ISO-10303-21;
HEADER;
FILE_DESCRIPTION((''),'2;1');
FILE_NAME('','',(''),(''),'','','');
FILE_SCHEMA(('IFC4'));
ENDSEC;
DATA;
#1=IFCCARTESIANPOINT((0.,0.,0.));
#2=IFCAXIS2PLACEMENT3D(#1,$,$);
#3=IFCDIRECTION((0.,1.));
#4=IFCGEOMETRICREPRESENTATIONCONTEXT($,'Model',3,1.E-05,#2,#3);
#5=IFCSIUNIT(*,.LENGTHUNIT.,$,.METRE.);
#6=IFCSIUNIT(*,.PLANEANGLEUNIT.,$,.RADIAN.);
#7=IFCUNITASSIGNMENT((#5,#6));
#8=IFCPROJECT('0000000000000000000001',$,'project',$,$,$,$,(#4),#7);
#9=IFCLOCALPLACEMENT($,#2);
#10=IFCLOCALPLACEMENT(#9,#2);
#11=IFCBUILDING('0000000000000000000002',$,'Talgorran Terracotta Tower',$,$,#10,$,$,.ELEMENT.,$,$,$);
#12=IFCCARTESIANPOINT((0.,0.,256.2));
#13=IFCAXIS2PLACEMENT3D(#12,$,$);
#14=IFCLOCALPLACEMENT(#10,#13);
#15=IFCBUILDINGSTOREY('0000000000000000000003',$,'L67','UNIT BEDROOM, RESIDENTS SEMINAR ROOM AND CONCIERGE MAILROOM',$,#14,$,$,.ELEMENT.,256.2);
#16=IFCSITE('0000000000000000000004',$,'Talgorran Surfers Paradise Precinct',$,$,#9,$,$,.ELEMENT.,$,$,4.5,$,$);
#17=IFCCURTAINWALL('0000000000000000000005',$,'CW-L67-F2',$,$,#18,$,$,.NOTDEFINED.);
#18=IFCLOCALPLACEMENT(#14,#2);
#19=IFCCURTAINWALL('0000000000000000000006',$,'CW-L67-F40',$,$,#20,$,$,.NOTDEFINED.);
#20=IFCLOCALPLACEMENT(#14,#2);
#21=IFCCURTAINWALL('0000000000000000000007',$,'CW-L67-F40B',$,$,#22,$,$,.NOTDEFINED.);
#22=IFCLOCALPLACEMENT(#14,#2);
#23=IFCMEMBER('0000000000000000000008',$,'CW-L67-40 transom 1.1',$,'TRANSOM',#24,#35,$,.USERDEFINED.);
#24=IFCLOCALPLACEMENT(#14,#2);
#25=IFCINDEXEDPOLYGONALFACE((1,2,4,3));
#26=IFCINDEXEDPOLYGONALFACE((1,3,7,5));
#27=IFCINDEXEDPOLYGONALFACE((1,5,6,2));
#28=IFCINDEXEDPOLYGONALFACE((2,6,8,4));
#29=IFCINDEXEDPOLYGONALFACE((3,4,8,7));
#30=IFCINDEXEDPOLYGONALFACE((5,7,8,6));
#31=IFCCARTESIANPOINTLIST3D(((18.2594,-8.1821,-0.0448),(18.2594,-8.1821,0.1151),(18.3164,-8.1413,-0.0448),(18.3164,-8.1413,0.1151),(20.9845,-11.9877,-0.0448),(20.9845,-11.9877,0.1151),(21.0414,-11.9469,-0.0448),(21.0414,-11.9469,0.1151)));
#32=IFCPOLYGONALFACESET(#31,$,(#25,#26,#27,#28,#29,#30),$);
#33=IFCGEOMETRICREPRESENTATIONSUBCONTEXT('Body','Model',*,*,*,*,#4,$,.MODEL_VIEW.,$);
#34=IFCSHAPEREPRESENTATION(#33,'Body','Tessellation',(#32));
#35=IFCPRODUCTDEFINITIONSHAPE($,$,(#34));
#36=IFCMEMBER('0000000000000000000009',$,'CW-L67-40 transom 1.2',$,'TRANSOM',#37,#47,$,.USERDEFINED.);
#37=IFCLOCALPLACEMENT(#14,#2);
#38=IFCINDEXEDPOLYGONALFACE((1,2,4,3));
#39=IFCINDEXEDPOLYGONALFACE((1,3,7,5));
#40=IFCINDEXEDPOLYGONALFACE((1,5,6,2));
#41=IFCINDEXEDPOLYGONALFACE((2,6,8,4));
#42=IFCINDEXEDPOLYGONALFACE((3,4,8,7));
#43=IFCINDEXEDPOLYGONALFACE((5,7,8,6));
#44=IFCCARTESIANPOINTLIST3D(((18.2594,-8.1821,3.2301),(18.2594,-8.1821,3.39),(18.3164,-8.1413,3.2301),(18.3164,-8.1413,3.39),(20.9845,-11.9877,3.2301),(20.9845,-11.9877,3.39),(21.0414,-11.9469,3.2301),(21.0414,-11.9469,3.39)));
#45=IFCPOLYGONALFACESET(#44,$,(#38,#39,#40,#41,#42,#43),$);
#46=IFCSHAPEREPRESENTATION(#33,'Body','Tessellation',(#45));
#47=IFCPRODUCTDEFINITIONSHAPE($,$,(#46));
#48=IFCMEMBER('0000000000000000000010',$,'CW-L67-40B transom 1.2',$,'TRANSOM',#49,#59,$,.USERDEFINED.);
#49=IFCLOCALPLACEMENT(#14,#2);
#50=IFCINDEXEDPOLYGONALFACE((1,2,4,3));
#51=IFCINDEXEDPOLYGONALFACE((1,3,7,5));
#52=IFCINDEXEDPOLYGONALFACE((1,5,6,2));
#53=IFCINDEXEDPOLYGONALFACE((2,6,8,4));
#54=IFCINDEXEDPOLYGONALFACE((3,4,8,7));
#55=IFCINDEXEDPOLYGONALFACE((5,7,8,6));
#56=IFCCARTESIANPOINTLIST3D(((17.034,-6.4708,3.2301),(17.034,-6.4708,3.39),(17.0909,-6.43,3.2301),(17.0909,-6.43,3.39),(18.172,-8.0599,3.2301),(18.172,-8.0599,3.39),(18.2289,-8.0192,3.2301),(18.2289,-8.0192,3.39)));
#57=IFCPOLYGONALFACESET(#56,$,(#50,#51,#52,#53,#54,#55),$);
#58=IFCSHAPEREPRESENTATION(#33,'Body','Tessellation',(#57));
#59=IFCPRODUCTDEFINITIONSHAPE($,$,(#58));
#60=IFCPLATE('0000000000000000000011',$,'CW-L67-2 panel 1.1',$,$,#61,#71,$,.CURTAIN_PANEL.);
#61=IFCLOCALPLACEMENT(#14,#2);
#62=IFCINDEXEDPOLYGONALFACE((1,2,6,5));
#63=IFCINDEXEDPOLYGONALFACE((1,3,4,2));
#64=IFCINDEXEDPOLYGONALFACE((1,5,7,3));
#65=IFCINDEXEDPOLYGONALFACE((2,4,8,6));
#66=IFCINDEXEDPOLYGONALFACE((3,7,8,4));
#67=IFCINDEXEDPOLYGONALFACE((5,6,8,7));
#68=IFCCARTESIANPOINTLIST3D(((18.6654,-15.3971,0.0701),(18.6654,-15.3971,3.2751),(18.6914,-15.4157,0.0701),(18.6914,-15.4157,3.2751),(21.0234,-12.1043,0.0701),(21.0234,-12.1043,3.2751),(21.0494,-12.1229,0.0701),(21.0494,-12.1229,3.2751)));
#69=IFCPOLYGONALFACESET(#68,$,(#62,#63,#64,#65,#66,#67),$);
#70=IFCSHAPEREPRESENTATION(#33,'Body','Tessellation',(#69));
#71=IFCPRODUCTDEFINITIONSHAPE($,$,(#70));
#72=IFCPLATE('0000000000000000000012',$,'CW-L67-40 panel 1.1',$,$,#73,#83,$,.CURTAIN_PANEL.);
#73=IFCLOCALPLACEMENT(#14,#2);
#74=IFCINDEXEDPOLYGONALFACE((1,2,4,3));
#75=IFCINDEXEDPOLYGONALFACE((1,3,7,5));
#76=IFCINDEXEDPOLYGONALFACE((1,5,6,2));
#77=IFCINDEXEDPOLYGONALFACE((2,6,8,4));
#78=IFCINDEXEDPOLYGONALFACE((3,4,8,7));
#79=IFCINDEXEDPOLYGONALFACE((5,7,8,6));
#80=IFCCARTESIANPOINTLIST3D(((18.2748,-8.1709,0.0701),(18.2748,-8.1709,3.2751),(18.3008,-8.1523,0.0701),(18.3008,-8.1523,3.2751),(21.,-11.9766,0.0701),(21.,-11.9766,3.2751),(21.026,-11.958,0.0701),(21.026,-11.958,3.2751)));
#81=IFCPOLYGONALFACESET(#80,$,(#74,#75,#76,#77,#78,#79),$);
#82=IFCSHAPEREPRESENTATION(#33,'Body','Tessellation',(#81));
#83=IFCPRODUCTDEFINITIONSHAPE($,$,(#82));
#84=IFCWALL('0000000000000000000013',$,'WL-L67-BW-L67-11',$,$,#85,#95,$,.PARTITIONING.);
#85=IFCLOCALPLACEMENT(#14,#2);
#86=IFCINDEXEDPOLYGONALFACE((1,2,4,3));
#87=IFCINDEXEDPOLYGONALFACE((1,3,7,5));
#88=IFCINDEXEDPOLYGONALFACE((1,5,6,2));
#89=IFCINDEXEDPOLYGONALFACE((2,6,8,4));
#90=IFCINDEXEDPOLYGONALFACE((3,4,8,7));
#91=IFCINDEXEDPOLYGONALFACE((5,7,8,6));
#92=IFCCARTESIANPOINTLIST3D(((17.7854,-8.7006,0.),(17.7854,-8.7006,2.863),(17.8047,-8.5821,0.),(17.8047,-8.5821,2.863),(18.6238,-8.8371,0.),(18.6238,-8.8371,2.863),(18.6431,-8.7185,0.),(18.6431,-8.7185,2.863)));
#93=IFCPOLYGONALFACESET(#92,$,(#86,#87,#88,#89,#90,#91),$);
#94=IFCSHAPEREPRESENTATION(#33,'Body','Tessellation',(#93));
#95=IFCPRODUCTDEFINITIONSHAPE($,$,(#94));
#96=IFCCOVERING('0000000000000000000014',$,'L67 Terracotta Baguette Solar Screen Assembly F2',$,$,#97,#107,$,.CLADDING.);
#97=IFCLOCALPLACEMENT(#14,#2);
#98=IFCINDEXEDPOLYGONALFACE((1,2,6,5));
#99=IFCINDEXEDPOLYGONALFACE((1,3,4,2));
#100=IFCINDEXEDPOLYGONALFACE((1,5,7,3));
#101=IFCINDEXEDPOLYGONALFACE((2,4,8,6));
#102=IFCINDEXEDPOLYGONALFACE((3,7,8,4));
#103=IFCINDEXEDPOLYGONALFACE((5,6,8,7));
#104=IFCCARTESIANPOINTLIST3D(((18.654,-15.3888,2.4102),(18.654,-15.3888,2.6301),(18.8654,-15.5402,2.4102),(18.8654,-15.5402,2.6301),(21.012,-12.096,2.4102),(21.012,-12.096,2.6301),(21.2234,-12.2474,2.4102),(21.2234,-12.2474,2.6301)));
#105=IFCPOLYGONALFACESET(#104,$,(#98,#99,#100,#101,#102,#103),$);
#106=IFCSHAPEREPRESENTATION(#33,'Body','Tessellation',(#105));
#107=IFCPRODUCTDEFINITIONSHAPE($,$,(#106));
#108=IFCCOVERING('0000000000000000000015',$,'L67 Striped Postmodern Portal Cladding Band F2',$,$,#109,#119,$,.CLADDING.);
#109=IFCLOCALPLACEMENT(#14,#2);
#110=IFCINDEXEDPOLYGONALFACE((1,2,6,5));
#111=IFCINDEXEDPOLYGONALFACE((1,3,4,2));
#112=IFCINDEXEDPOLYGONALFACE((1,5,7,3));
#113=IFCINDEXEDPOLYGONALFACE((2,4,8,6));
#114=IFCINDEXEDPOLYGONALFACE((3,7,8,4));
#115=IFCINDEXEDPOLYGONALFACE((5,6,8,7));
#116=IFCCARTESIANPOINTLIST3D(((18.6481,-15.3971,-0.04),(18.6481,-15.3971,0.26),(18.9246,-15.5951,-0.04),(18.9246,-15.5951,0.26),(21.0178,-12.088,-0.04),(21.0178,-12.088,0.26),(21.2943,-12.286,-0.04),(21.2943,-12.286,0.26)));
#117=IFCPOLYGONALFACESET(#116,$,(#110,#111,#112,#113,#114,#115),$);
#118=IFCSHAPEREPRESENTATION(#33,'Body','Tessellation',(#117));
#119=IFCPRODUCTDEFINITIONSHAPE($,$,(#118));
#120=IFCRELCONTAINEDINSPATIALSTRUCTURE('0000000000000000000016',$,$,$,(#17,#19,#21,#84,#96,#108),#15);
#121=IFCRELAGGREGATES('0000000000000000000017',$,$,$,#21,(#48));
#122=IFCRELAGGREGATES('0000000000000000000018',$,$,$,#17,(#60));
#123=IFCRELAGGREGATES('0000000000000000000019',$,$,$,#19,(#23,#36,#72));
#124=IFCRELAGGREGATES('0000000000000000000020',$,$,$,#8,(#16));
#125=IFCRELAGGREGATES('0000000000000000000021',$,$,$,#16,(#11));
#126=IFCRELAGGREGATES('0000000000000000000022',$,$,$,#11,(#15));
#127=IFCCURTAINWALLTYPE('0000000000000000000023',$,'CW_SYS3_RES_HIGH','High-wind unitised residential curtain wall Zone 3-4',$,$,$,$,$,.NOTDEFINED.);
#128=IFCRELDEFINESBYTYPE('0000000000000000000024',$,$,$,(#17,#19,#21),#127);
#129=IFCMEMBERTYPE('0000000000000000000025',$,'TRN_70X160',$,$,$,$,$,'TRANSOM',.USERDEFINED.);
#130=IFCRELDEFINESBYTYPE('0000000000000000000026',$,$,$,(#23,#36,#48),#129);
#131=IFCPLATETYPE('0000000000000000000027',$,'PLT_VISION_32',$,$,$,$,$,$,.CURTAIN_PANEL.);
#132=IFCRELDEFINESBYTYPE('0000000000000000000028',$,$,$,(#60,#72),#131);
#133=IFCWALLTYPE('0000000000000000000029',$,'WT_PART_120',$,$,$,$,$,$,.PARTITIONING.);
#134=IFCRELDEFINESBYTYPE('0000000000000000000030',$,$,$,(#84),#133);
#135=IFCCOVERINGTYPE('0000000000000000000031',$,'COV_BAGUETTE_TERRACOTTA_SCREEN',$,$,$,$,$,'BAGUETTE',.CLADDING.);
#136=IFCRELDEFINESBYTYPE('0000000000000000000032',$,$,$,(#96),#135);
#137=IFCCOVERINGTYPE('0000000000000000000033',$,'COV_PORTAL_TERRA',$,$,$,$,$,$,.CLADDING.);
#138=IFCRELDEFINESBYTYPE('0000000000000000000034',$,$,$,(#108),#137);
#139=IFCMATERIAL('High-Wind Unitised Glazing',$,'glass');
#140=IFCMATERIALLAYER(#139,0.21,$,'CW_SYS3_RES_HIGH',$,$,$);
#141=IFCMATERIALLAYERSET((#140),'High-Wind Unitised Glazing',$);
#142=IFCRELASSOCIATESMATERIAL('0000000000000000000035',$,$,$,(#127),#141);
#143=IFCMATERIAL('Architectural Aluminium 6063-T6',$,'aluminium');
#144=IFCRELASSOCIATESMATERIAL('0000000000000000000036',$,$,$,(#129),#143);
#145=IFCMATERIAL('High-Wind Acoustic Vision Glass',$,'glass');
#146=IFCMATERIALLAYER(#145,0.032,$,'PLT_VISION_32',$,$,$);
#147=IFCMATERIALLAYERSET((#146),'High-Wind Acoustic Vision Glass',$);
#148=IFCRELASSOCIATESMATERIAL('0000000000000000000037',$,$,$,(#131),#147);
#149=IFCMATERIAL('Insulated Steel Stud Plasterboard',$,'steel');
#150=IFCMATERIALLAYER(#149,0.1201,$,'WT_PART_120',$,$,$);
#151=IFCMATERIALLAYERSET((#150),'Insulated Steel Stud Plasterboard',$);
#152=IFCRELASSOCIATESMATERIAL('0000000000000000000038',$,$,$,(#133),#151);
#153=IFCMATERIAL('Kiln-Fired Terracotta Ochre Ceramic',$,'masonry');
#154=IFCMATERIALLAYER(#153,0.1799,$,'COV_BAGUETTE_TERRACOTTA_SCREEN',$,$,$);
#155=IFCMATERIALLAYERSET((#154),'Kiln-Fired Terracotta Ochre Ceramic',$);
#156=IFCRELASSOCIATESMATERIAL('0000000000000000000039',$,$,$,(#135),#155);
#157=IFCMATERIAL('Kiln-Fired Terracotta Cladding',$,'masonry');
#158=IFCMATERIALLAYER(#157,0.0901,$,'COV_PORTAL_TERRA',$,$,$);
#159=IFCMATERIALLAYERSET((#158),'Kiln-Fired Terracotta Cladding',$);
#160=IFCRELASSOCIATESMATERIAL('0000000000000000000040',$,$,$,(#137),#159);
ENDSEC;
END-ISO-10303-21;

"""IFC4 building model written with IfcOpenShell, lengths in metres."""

from ifc_helpers import new_model, si_unit, direction, frame, frame_2d, origin, origin_2d, place, context, subcontext, project, spatial, rectangle, extrude, source, transform, mapped, material, layer, layer_set, material_profile, profile_set, type_object, type_shapes, element, aggregate, save


model = new_model("IFC4")

# Units and contexts
model_context = context("Model", 3, precision=1e-05, world=origin(), true_north=direction((0.0, 1.0)))
body_context = subcontext(model_context, "Body", "Model", "MODEL_VIEW")
ifc_project = project(units=[si_unit("LENGTHUNIT", "METRE"), si_unit("PLANEANGLEUNIT", "RADIAN")], contexts=[model_context])

# Site, building, storey
site_placement = place(None, origin())
site = spatial("IfcSite", under=ifc_project, at=site_placement, Name="Talgorran Surfers Paradise Precinct", CompositionType="ELEMENT", RefElevation=4.5)
building_placement = place(site_placement, origin())
building = spatial("IfcBuilding", under=site, at=building_placement, Name="Talgorran Terracotta Tower", CompositionType="ELEMENT")
storey_placement = place(building_placement, frame((0.0, 0.0, 256.2)))
storey = spatial("IfcBuildingStorey", under=building, at=storey_placement, Name="L67", Description="UNIT BEDROOM, RESIDENTS SEMINAR ROOM AND CONCIERGE MAILROOM", CompositionType="ELEMENT", Elevation=256.2)

# Shared definitions
ifc_material_1 = material(Name="High-Wind Unitised Glazing", Category="glass")
ifc_layer_1 = layer(ifc_material_1, 0.21, Name="CW_SYS3_RES_HIGH")
ifc_layer_set_1 = layer_set([ifc_layer_1], Name="High-Wind Unitised Glazing")
curtain_wall_type = type_object("IfcCurtainWallType", Name="CW_SYS3_RES_HIGH", Description="High-wind unitised residential curtain wall Zone 3-4", PredefinedType="NOTDEFINED", material=ifc_layer_set_1)
ifc_material_2 = material(Name="Architectural Aluminium 6063-T6", Category="aluminium")

# Curtain walls
curtain_wall_1_placement = place(storey_placement, origin())
curtain_wall_1 = element("IfcCurtainWall", 1, at=curtain_wall_1_placement, inside=storey, type_object=curtain_wall_type, Name="CW-L67-F2", PredefinedType="NOTDEFINED")
curtain_wall_2_placement = place(storey_placement, origin())
curtain_wall_2 = element("IfcCurtainWall", 2, at=curtain_wall_2_placement, inside=storey, type_object=curtain_wall_type, Name="CW-L67-F40", PredefinedType="NOTDEFINED")

# Curtain wall
curtain_wall_3_placement = place(storey_placement, origin())
curtain_wall_3 = element("IfcCurtainWall", 3, at=curtain_wall_3_placement, inside=storey, type_object=curtain_wall_type, Name="CW-L67-F40B", PredefinedType="NOTDEFINED")

# Members
ifc_material_profile_1 = material_profile(ifc_material_2, rectangle(XDim=0.0701, YDim=0.1599, at=origin_2d()), Name="CWT70X160")
ifc_profile_set_1 = profile_set([ifc_material_profile_1], Name="Architectural Aluminium 6063-T6")
member_type_1 = type_object("IfcMemberType", Name="TRN_70X160", ElementType="TRANSOM", PredefinedType="USERDEFINED", material=ifc_profile_set_1)
member_1_placement = place(storey_placement, frame((21.0129, -11.9673, 0.0352), z_axis=(-0.582195, 0.813049, 0.0), x_axis=(-0.813049, -0.582195, 0.0)))
member_1 = element("IfcMember", 4, at=member_1_placement, type_object=member_type_1, Name="CW-L67-40 transom 1.1", ObjectType="TRANSOM", PredefinedType="USERDEFINED", context=body_context, shape_type="SweptSolid", body=[
    extrude(rectangle(XDim=0.0701, YDim=0.1599, at=origin_2d()), origin(), (0.0, 0.0, 1.0), 4.6807),
])
member_2_placement = place(storey_placement, frame((21.0129, -11.9673, 3.3101), z_axis=(-0.582195, 0.813049, 0.0), x_axis=(-0.813049, -0.582195, 0.0)))
member_2 = element("IfcMember", 5, at=member_2_placement, type_object=member_type_1, Name="CW-L67-40 transom 1.2", ObjectType="TRANSOM", PredefinedType="USERDEFINED", context=body_context, shape_type="SweptSolid", body=[
    extrude(rectangle(XDim=0.0701, YDim=0.1599, at=origin_2d()), origin(), (0.0, 0.0, 1.0), 4.6807),
])
member_3_placement = place(storey_placement, frame((18.2004, -8.0396, 3.3101), z_axis=(-0.582207, 0.813041, 0.0), x_axis=(-0.813041, -0.582207, 0.0)))
member_3 = element("IfcMember", 6, at=member_3_placement, type_object=member_type_1, Name="CW-L67-40B transom 1.2", ObjectType="TRANSOM", PredefinedType="USERDEFINED", context=body_context, shape_type="SweptSolid", body=[
    extrude(rectangle(XDim=0.0701, YDim=0.1599, at=origin_2d()), origin(), (0.0, 0.0, 1.0), 1.9546),
])
aggregate(curtain_wall_3, [member_3])

# Plates
ifc_material_3 = material(Name="High-Wind Acoustic Vision Glass", Category="glass")
ifc_layer_2 = layer(ifc_material_3, 0.032, Name="PLT_VISION_32")
ifc_layer_set_2 = layer_set([ifc_layer_2], Name="High-Wind Acoustic Vision Glass")
plate_type = type_object("IfcPlateType", Name="PLT_VISION_32", PredefinedType="CURTAIN_PANEL", material=ifc_layer_set_2)
shared_shape_1 = source(origin(), body_context, "Body", "SweptSolid", [
    extrude(rectangle(XDim=4.05, YDim=0.032, at=origin_2d()), origin(), (0.0, 0.0, 1.0), 3.2051),
])
plate_1_placement = place(storey_placement, frame((19.8574, -13.76, 0.0701), z_axis=(0.0, 0.0, 1.0), x_axis=(0.58222, 0.813031, 0.0)))
plate_1 = element("IfcPlate", 7, at=plate_1_placement, type_object=plate_type, Name="CW-L67-2 panel 1.1", PredefinedType="CURTAIN_PANEL", context=body_context, shape_type="MappedRepresentation", body=[
    mapped(shared_shape_1, transform((0.0, 0.0, 0.0), scale=1.0)),
])
aggregate(curtain_wall_1, [plate_1])
shared_shape_2 = source(origin(), body_context, "Body", "SweptSolid", [
    extrude(rectangle(XDim=4.6809, YDim=0.032, at=origin_2d()), origin(), (0.0, 0.0, 1.0), 3.2051),
])
type_shapes(plate_type, [shared_shape_1, shared_shape_2])
plate_2_placement = place(storey_placement, frame((19.6504, -10.0645, 0.0701), z_axis=(0.0, 0.0, 1.0), x_axis=(-0.582211, 0.813038, 0.0)))
plate_2 = element("IfcPlate", 8, at=plate_2_placement, type_object=plate_type, Name="CW-L67-40 panel 1.1", PredefinedType="CURTAIN_PANEL", context=body_context, shape_type="MappedRepresentation", body=[
    mapped(shared_shape_2, transform((0.0, 0.0, 0.0), scale=1.0)),
])
aggregate(curtain_wall_2, [member_1, member_2, plate_2])

# Wall
ifc_material_4 = material(Name="Insulated Steel Stud Plasterboard", Category="steel")
ifc_layer_3 = layer(ifc_material_4, 0.1201, Name="WT_PART_120")
ifc_layer_set_3 = layer_set([ifc_layer_3], Name="Insulated Steel Stud Plasterboard")
wall_type = type_object("IfcWallType", Name="WT_PART_120", PredefinedType="PARTITIONING", material=ifc_layer_set_3)
wall_placement = place(storey_placement, frame((18.6335, -8.7778, 0.0), z_axis=(0.0, 0.0, 1.0), x_axis=(-0.987008, 0.160669, 0.0)))
element("IfcWall", 9, at=wall_placement, inside=storey, type_object=wall_type, Name="WL-L67-BW-L67-11", PredefinedType="PARTITIONING", context=body_context, shape_type="SweptSolid", body=[
    extrude(rectangle(XDim=0.8494, YDim=0.1201, at=frame_2d((0.4248, 0.0))), origin(), (0.0, 0.0, 1.0), 2.863),
])

# Coverings
ifc_material_5 = material(Name="Kiln-Fired Terracotta Ochre Ceramic", Category="masonry")
ifc_layer_4 = layer(ifc_material_5, 0.1799, Name="COV_BAGUETTE_TERRACOTTA_SCREEN")
ifc_layer_set_4 = layer_set([ifc_layer_4], Name="Kiln-Fired Terracotta Ochre Ceramic")
covering_type_1 = type_object("IfcCoveringType", Name="COV_BAGUETTE_TERRACOTTA_SCREEN", ElementType="BAGUETTE", PredefinedType="CLADDING", material=ifc_layer_set_4)
covering_1_placement = place(storey_placement, frame((19.9387, -13.8181, 2.4102), z_axis=(0.0, 0.0, 1.0), x_axis=(0.582222, 0.81303, 0.0)))
element("IfcCovering", 10, at=covering_1_placement, inside=storey, type_object=covering_type_1, Name="L67 Terracotta Baguette Solar Screen Assembly F2", PredefinedType="CLADDING", context=body_context, shape_type="SweptSolid", body=[
    extrude(rectangle(XDim=4.05, YDim=0.26, at=origin_2d()), origin(), (0.0, 0.0, 1.0), 0.22),
])
ifc_material_6 = material(Name="Kiln-Fired Terracotta Cladding", Category="masonry")
ifc_layer_5 = layer(ifc_material_6, 0.0901, Name="COV_PORTAL_TERRA")
ifc_layer_set_5 = layer_set([ifc_layer_5], Name="Kiln-Fired Terracotta Cladding")
covering_type_2 = type_object("IfcCoveringType", Name="COV_PORTAL_TERRA", PredefinedType="CLADDING", material=ifc_layer_set_5)
covering_2_placement = place(storey_placement, frame((19.9712, -13.8416, -0.04), z_axis=(0.0, 0.0, 1.0), x_axis=(0.582222, 0.81303, 0.0)))
element("IfcCovering", 11, at=covering_2_placement, inside=storey, type_object=covering_type_2, Name="L67 Striped Postmodern Portal Cladding Band F2", PredefinedType="CLADDING", context=body_context, shape_type="SweptSolid", body=[
    extrude(rectangle(XDim=4.0701, YDim=0.3401, at=origin_2d()), origin(), (0.0, 0.0, 1.0), 0.3),
])

save(model, "model.ifc")
